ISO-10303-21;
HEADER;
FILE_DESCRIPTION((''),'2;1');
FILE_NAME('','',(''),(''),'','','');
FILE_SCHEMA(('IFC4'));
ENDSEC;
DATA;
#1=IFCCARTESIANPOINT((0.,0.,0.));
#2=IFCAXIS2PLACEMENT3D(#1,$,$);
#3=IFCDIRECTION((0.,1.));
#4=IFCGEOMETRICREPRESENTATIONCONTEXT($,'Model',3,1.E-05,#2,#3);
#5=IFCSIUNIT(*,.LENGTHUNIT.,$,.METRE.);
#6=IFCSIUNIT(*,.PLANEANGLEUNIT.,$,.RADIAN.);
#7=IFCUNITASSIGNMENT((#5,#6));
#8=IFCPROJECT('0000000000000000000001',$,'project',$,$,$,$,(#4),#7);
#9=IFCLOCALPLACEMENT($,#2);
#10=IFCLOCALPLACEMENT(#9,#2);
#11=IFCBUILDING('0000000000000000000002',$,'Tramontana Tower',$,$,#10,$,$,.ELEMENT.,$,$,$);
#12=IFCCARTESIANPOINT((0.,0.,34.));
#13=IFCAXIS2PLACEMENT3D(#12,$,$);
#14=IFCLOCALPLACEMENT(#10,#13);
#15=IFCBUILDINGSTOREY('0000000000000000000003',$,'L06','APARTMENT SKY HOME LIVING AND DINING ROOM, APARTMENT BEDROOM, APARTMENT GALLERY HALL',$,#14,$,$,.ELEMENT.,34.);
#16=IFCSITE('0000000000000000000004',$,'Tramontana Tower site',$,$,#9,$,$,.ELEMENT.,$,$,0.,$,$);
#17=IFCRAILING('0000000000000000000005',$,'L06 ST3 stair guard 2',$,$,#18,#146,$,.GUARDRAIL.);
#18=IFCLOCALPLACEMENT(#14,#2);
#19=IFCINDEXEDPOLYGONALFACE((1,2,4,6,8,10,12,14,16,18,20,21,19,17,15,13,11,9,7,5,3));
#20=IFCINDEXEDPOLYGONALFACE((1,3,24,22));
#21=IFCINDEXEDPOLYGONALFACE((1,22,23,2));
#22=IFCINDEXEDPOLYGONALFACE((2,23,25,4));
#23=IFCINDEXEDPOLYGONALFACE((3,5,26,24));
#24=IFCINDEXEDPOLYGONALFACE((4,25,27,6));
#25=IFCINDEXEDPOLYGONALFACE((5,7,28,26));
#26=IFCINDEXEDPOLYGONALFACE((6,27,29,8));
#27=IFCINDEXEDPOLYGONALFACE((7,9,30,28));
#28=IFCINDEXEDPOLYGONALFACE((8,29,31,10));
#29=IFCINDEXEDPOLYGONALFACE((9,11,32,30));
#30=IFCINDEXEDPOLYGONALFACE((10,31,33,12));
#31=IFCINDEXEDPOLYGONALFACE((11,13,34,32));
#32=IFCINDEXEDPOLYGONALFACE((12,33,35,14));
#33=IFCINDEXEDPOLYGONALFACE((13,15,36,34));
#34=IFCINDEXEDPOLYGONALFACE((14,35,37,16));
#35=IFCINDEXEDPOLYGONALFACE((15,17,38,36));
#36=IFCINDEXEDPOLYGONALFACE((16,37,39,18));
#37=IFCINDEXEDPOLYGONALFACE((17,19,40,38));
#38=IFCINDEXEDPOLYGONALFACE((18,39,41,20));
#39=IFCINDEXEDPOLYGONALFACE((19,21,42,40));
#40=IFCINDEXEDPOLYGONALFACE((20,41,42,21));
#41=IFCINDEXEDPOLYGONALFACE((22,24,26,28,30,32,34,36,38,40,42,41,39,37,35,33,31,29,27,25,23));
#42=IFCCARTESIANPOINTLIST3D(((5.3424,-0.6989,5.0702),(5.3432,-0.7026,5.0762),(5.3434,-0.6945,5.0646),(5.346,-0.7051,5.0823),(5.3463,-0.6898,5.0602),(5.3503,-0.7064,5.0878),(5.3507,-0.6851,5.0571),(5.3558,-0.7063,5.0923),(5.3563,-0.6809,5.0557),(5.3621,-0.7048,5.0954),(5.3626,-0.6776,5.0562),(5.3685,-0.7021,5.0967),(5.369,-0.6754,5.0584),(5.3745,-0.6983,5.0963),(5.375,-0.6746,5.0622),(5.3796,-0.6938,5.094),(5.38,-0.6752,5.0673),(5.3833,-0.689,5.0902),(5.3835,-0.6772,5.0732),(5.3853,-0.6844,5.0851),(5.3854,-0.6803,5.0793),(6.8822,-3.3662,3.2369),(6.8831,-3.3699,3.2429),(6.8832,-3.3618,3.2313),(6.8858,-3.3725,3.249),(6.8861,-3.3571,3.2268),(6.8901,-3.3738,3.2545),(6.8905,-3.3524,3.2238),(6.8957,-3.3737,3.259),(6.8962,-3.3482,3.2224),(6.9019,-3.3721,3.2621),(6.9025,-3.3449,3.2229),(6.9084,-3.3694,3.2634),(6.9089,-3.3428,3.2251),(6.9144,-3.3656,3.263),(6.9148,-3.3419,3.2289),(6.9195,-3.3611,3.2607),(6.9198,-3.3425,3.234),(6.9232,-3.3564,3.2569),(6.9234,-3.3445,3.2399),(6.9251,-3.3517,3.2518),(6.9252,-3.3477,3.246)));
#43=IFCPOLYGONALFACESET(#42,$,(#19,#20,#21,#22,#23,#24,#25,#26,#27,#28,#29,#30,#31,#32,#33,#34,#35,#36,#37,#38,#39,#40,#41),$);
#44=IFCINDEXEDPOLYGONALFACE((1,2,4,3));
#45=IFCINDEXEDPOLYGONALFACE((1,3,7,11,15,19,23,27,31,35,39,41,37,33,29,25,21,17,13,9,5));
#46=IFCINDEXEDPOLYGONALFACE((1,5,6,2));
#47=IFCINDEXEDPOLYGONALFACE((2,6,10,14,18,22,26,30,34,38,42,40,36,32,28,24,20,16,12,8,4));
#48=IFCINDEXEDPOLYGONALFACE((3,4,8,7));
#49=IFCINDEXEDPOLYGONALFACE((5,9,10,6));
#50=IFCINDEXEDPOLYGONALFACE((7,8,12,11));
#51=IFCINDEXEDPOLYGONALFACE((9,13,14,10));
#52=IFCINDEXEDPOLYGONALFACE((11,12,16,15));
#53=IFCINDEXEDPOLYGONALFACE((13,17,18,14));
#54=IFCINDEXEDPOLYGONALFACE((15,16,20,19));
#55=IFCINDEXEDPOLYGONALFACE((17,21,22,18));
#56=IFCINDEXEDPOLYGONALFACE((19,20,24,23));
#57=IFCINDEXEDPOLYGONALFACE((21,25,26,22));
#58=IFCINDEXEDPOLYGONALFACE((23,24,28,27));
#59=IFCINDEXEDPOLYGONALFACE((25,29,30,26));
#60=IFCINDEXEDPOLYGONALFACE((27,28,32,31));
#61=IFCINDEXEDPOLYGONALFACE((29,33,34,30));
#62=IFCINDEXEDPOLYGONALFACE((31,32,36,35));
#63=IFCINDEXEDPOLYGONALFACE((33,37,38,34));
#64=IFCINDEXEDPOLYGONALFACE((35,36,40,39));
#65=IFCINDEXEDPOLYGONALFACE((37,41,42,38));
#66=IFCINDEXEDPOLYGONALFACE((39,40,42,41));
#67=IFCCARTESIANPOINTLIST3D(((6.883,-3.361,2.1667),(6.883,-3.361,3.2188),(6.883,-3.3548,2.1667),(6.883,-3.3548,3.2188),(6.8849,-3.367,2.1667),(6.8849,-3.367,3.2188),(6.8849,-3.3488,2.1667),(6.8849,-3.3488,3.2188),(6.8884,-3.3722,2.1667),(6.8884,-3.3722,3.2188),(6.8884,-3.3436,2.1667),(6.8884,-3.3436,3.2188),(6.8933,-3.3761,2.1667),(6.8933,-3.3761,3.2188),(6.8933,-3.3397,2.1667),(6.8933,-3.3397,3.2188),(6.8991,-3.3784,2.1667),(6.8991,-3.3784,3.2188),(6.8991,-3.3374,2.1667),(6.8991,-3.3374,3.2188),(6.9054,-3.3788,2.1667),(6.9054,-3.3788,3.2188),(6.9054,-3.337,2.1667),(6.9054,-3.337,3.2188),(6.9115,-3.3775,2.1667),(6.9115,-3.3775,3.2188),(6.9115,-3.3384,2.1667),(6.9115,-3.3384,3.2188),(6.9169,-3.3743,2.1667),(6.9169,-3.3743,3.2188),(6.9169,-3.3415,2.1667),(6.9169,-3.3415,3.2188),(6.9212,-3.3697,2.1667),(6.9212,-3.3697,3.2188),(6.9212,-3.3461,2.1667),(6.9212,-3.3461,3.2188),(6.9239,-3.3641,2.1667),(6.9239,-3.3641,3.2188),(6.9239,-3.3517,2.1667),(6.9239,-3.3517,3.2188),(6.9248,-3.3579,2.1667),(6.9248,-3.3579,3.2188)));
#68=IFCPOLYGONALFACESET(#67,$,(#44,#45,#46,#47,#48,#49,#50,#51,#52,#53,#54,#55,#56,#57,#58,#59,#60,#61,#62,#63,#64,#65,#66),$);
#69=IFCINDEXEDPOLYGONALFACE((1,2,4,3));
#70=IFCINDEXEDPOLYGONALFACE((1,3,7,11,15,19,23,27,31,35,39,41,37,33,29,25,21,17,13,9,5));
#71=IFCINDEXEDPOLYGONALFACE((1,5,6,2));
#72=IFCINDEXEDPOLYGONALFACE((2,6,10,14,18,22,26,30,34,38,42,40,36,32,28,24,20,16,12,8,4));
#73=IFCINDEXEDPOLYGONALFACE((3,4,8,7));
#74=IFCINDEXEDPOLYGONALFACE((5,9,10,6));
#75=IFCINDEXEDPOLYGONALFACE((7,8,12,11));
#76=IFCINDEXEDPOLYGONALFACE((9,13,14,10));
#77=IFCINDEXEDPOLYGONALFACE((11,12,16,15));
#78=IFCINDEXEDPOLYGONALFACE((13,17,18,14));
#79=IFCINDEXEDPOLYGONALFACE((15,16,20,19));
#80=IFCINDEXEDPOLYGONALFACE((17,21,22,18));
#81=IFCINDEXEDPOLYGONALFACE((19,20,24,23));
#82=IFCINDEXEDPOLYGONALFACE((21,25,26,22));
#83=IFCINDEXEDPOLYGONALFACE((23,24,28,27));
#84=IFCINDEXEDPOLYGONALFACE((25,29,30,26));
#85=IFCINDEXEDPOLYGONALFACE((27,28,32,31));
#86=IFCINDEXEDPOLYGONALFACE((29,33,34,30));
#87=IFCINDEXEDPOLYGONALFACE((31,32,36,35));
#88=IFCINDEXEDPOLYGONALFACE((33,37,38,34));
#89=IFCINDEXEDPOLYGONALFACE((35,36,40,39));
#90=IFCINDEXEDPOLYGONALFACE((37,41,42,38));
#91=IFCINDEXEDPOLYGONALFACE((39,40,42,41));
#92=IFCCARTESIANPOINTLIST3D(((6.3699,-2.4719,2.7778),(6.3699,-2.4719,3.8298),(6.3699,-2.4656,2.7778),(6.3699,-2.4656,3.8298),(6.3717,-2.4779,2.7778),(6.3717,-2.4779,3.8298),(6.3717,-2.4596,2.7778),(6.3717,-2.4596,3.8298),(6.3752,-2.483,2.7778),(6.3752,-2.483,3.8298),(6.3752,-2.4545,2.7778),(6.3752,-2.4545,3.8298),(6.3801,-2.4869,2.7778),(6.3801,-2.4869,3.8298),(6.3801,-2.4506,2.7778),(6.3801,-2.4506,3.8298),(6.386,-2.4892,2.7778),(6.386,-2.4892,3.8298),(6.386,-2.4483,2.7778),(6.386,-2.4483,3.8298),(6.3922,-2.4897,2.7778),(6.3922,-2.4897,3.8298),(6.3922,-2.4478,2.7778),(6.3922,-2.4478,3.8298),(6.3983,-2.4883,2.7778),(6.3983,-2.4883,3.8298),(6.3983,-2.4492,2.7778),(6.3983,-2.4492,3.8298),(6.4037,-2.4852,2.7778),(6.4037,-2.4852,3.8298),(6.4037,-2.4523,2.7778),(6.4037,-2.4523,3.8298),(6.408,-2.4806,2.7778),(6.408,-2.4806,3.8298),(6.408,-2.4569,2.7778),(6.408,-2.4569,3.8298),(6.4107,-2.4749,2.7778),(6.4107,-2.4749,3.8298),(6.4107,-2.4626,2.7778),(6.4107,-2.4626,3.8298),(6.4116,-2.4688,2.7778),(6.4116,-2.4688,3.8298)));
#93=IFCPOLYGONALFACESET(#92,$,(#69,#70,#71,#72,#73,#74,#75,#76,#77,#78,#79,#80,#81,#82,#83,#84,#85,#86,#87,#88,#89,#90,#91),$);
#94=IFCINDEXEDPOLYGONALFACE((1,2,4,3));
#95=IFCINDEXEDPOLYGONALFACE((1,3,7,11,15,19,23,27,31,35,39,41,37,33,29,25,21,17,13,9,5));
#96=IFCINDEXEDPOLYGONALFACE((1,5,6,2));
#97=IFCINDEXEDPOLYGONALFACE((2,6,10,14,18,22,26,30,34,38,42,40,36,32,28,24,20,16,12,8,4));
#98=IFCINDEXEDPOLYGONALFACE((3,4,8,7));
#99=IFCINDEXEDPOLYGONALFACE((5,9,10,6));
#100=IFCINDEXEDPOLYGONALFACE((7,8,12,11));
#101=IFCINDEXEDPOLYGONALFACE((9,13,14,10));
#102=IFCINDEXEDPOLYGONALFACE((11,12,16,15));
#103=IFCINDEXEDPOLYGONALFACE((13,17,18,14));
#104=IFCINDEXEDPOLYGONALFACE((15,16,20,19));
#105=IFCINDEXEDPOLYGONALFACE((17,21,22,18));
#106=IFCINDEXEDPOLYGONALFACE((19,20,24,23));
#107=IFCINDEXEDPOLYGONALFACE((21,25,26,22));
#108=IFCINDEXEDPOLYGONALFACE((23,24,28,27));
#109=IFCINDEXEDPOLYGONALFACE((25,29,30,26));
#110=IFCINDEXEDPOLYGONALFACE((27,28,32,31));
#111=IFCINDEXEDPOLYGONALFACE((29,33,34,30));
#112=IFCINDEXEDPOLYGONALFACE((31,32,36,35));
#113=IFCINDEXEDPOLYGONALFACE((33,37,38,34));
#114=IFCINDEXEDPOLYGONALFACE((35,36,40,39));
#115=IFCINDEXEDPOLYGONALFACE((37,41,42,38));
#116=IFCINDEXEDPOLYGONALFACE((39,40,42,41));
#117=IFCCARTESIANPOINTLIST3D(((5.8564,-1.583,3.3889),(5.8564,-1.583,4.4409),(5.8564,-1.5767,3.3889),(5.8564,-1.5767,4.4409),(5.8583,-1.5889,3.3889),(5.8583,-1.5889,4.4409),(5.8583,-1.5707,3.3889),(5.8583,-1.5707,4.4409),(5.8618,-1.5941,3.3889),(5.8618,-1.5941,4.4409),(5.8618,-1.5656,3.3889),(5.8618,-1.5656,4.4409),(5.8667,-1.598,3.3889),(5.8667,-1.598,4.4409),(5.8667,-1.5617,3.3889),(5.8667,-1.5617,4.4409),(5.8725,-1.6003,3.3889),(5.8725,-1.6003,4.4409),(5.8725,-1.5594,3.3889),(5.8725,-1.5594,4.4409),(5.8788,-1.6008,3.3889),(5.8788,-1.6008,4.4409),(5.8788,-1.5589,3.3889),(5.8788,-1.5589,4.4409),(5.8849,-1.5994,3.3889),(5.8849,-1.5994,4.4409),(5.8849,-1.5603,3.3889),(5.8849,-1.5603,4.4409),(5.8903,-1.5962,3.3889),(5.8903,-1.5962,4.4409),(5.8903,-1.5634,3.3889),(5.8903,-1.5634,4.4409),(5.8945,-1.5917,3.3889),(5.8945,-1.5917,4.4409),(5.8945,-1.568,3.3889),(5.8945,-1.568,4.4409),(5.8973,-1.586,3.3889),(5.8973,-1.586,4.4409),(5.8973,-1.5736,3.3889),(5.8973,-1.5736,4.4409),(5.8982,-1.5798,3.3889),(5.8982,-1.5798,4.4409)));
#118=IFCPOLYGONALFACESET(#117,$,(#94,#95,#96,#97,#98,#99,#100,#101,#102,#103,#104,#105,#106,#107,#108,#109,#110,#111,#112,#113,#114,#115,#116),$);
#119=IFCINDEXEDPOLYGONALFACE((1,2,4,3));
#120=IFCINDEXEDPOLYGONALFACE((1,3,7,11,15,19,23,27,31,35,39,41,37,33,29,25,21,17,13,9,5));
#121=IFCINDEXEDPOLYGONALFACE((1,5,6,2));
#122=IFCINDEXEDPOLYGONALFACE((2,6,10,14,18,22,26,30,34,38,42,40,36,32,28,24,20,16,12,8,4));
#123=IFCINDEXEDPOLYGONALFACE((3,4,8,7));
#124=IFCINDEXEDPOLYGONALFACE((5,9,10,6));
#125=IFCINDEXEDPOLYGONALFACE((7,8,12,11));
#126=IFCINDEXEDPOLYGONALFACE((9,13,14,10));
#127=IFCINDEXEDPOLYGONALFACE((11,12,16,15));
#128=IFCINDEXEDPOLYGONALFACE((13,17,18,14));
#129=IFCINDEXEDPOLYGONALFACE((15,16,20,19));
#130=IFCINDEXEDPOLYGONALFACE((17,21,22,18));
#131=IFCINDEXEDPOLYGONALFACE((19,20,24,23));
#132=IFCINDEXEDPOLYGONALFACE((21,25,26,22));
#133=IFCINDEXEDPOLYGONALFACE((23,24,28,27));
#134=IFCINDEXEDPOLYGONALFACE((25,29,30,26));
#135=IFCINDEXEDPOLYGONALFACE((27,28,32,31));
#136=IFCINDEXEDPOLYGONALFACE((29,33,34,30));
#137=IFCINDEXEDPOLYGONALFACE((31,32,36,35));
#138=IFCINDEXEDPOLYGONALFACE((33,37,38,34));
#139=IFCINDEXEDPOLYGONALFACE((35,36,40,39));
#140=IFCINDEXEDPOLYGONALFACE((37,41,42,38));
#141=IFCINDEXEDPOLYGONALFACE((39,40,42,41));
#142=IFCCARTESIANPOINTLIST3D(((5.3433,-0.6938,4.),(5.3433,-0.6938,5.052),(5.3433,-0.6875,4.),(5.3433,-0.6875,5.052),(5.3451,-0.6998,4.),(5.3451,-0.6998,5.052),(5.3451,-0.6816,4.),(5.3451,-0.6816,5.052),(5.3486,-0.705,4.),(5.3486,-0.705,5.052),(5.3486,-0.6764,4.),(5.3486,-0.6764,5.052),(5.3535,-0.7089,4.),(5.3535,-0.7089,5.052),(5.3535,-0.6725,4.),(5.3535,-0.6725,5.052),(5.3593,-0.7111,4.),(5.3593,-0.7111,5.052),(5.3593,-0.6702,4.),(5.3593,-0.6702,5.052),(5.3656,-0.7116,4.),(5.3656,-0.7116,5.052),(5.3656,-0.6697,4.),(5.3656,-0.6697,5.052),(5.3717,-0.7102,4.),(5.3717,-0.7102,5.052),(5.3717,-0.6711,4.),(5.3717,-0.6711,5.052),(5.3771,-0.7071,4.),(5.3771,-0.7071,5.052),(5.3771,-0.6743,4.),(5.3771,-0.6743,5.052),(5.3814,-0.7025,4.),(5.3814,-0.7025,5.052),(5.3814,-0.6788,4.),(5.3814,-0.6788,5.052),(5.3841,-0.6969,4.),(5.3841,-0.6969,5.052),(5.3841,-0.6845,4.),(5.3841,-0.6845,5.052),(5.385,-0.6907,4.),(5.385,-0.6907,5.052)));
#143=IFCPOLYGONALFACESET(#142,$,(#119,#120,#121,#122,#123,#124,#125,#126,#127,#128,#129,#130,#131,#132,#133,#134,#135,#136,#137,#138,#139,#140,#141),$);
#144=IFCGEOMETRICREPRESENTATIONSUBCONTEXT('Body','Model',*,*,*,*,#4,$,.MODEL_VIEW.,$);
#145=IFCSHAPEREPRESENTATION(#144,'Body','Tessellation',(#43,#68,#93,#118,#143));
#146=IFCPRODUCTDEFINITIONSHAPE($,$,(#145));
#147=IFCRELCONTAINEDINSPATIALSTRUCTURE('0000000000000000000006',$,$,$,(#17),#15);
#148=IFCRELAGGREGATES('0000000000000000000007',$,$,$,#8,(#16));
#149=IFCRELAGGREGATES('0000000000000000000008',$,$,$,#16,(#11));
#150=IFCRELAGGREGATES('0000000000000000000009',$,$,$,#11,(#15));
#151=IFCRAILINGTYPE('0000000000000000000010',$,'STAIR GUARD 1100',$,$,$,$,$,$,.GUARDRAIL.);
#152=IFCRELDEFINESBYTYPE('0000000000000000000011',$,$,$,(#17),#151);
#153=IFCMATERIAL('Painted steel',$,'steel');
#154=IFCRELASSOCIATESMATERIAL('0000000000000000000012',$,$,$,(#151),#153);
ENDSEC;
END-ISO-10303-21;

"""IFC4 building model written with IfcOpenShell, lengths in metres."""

from ifc_helpers import new_model, si_unit, direction, frame, origin, origin_2d, place, context, subcontext, project, spatial, circle, extrude, material, type_object, element, save


model = new_model("IFC4")

# Units and contexts
model_context = context("Model", 3, precision=1e-05, world=origin(), true_north=direction((0.0, 1.0)))
body_context = subcontext(model_context, "Body", "Model", "MODEL_VIEW")
ifc_project = project(units=[si_unit("LENGTHUNIT", "METRE"), si_unit("PLANEANGLEUNIT", "RADIAN")], contexts=[model_context])

# Site, building, storey
site_placement = place(None, origin())
site = spatial("IfcSite", under=ifc_project, at=site_placement, Name="Tramontana Tower site", CompositionType="ELEMENT", RefElevation=0.0)
building_placement = place(site_placement, origin())
building = spatial("IfcBuilding", under=site, at=building_placement, Name="Tramontana Tower", CompositionType="ELEMENT")
storey_placement = place(building_placement, frame((0.0, 0.0, 34.0)))
storey = spatial("IfcBuildingStorey", under=building, at=storey_placement, Name="L06", Description="APARTMENT SKY HOME LIVING AND DINING ROOM, APARTMENT BEDROOM, APARTMENT GALLERY HALL", CompositionType="ELEMENT", Elevation=34.0)

# Railing
ifc_material_1 = material(Name="Painted steel", Category="steel")
railing_type_1 = type_object("IfcRailingType", Name="STAIR GUARD 1100", PredefinedType="GUARDRAIL", material=ifc_material_1)
railing_1_placement = place(storey_placement, frame((6.9038, -3.3579, 2.1667)))
element("IfcRailing", 1, at=railing_1_placement, inside=storey, type_object=railing_type_1, Name="L06 ST3 stair guard 2", PredefinedType="GUARDRAIL", context=body_context, shape_type="SweptSolid", body=[
    extrude(circle(Radius=0.0239, at=origin_2d()), frame((0.0, 0.0, 1.0762), z_axis=(-0.429616, 0.744181, 0.511493), x_axis=(-0.866044, -0.499967, 0.0)), (0.0, 0.0, 1.0), 3.5842),
    extrude(circle(Radius=0.021, at=origin_2d()), origin(), (0.0, 0.0, 1.0), 1.052),
    extrude(circle(Radius=0.021, at=origin_2d()), frame((-0.5132, 0.8892, 0.6111)), (0.0, 0.0, 1.0), 1.052),
    extrude(circle(Radius=0.021, at=origin_2d()), frame((-1.0266, 1.7781, 1.2222)), (0.0, 0.0, 1.0), 1.052),
    extrude(circle(Radius=0.021, at=origin_2d()), frame((-1.5398, 2.6672, 1.8333)), (0.0, 0.0, 1.0), 1.052),
])

save(model, "model.ifc")
